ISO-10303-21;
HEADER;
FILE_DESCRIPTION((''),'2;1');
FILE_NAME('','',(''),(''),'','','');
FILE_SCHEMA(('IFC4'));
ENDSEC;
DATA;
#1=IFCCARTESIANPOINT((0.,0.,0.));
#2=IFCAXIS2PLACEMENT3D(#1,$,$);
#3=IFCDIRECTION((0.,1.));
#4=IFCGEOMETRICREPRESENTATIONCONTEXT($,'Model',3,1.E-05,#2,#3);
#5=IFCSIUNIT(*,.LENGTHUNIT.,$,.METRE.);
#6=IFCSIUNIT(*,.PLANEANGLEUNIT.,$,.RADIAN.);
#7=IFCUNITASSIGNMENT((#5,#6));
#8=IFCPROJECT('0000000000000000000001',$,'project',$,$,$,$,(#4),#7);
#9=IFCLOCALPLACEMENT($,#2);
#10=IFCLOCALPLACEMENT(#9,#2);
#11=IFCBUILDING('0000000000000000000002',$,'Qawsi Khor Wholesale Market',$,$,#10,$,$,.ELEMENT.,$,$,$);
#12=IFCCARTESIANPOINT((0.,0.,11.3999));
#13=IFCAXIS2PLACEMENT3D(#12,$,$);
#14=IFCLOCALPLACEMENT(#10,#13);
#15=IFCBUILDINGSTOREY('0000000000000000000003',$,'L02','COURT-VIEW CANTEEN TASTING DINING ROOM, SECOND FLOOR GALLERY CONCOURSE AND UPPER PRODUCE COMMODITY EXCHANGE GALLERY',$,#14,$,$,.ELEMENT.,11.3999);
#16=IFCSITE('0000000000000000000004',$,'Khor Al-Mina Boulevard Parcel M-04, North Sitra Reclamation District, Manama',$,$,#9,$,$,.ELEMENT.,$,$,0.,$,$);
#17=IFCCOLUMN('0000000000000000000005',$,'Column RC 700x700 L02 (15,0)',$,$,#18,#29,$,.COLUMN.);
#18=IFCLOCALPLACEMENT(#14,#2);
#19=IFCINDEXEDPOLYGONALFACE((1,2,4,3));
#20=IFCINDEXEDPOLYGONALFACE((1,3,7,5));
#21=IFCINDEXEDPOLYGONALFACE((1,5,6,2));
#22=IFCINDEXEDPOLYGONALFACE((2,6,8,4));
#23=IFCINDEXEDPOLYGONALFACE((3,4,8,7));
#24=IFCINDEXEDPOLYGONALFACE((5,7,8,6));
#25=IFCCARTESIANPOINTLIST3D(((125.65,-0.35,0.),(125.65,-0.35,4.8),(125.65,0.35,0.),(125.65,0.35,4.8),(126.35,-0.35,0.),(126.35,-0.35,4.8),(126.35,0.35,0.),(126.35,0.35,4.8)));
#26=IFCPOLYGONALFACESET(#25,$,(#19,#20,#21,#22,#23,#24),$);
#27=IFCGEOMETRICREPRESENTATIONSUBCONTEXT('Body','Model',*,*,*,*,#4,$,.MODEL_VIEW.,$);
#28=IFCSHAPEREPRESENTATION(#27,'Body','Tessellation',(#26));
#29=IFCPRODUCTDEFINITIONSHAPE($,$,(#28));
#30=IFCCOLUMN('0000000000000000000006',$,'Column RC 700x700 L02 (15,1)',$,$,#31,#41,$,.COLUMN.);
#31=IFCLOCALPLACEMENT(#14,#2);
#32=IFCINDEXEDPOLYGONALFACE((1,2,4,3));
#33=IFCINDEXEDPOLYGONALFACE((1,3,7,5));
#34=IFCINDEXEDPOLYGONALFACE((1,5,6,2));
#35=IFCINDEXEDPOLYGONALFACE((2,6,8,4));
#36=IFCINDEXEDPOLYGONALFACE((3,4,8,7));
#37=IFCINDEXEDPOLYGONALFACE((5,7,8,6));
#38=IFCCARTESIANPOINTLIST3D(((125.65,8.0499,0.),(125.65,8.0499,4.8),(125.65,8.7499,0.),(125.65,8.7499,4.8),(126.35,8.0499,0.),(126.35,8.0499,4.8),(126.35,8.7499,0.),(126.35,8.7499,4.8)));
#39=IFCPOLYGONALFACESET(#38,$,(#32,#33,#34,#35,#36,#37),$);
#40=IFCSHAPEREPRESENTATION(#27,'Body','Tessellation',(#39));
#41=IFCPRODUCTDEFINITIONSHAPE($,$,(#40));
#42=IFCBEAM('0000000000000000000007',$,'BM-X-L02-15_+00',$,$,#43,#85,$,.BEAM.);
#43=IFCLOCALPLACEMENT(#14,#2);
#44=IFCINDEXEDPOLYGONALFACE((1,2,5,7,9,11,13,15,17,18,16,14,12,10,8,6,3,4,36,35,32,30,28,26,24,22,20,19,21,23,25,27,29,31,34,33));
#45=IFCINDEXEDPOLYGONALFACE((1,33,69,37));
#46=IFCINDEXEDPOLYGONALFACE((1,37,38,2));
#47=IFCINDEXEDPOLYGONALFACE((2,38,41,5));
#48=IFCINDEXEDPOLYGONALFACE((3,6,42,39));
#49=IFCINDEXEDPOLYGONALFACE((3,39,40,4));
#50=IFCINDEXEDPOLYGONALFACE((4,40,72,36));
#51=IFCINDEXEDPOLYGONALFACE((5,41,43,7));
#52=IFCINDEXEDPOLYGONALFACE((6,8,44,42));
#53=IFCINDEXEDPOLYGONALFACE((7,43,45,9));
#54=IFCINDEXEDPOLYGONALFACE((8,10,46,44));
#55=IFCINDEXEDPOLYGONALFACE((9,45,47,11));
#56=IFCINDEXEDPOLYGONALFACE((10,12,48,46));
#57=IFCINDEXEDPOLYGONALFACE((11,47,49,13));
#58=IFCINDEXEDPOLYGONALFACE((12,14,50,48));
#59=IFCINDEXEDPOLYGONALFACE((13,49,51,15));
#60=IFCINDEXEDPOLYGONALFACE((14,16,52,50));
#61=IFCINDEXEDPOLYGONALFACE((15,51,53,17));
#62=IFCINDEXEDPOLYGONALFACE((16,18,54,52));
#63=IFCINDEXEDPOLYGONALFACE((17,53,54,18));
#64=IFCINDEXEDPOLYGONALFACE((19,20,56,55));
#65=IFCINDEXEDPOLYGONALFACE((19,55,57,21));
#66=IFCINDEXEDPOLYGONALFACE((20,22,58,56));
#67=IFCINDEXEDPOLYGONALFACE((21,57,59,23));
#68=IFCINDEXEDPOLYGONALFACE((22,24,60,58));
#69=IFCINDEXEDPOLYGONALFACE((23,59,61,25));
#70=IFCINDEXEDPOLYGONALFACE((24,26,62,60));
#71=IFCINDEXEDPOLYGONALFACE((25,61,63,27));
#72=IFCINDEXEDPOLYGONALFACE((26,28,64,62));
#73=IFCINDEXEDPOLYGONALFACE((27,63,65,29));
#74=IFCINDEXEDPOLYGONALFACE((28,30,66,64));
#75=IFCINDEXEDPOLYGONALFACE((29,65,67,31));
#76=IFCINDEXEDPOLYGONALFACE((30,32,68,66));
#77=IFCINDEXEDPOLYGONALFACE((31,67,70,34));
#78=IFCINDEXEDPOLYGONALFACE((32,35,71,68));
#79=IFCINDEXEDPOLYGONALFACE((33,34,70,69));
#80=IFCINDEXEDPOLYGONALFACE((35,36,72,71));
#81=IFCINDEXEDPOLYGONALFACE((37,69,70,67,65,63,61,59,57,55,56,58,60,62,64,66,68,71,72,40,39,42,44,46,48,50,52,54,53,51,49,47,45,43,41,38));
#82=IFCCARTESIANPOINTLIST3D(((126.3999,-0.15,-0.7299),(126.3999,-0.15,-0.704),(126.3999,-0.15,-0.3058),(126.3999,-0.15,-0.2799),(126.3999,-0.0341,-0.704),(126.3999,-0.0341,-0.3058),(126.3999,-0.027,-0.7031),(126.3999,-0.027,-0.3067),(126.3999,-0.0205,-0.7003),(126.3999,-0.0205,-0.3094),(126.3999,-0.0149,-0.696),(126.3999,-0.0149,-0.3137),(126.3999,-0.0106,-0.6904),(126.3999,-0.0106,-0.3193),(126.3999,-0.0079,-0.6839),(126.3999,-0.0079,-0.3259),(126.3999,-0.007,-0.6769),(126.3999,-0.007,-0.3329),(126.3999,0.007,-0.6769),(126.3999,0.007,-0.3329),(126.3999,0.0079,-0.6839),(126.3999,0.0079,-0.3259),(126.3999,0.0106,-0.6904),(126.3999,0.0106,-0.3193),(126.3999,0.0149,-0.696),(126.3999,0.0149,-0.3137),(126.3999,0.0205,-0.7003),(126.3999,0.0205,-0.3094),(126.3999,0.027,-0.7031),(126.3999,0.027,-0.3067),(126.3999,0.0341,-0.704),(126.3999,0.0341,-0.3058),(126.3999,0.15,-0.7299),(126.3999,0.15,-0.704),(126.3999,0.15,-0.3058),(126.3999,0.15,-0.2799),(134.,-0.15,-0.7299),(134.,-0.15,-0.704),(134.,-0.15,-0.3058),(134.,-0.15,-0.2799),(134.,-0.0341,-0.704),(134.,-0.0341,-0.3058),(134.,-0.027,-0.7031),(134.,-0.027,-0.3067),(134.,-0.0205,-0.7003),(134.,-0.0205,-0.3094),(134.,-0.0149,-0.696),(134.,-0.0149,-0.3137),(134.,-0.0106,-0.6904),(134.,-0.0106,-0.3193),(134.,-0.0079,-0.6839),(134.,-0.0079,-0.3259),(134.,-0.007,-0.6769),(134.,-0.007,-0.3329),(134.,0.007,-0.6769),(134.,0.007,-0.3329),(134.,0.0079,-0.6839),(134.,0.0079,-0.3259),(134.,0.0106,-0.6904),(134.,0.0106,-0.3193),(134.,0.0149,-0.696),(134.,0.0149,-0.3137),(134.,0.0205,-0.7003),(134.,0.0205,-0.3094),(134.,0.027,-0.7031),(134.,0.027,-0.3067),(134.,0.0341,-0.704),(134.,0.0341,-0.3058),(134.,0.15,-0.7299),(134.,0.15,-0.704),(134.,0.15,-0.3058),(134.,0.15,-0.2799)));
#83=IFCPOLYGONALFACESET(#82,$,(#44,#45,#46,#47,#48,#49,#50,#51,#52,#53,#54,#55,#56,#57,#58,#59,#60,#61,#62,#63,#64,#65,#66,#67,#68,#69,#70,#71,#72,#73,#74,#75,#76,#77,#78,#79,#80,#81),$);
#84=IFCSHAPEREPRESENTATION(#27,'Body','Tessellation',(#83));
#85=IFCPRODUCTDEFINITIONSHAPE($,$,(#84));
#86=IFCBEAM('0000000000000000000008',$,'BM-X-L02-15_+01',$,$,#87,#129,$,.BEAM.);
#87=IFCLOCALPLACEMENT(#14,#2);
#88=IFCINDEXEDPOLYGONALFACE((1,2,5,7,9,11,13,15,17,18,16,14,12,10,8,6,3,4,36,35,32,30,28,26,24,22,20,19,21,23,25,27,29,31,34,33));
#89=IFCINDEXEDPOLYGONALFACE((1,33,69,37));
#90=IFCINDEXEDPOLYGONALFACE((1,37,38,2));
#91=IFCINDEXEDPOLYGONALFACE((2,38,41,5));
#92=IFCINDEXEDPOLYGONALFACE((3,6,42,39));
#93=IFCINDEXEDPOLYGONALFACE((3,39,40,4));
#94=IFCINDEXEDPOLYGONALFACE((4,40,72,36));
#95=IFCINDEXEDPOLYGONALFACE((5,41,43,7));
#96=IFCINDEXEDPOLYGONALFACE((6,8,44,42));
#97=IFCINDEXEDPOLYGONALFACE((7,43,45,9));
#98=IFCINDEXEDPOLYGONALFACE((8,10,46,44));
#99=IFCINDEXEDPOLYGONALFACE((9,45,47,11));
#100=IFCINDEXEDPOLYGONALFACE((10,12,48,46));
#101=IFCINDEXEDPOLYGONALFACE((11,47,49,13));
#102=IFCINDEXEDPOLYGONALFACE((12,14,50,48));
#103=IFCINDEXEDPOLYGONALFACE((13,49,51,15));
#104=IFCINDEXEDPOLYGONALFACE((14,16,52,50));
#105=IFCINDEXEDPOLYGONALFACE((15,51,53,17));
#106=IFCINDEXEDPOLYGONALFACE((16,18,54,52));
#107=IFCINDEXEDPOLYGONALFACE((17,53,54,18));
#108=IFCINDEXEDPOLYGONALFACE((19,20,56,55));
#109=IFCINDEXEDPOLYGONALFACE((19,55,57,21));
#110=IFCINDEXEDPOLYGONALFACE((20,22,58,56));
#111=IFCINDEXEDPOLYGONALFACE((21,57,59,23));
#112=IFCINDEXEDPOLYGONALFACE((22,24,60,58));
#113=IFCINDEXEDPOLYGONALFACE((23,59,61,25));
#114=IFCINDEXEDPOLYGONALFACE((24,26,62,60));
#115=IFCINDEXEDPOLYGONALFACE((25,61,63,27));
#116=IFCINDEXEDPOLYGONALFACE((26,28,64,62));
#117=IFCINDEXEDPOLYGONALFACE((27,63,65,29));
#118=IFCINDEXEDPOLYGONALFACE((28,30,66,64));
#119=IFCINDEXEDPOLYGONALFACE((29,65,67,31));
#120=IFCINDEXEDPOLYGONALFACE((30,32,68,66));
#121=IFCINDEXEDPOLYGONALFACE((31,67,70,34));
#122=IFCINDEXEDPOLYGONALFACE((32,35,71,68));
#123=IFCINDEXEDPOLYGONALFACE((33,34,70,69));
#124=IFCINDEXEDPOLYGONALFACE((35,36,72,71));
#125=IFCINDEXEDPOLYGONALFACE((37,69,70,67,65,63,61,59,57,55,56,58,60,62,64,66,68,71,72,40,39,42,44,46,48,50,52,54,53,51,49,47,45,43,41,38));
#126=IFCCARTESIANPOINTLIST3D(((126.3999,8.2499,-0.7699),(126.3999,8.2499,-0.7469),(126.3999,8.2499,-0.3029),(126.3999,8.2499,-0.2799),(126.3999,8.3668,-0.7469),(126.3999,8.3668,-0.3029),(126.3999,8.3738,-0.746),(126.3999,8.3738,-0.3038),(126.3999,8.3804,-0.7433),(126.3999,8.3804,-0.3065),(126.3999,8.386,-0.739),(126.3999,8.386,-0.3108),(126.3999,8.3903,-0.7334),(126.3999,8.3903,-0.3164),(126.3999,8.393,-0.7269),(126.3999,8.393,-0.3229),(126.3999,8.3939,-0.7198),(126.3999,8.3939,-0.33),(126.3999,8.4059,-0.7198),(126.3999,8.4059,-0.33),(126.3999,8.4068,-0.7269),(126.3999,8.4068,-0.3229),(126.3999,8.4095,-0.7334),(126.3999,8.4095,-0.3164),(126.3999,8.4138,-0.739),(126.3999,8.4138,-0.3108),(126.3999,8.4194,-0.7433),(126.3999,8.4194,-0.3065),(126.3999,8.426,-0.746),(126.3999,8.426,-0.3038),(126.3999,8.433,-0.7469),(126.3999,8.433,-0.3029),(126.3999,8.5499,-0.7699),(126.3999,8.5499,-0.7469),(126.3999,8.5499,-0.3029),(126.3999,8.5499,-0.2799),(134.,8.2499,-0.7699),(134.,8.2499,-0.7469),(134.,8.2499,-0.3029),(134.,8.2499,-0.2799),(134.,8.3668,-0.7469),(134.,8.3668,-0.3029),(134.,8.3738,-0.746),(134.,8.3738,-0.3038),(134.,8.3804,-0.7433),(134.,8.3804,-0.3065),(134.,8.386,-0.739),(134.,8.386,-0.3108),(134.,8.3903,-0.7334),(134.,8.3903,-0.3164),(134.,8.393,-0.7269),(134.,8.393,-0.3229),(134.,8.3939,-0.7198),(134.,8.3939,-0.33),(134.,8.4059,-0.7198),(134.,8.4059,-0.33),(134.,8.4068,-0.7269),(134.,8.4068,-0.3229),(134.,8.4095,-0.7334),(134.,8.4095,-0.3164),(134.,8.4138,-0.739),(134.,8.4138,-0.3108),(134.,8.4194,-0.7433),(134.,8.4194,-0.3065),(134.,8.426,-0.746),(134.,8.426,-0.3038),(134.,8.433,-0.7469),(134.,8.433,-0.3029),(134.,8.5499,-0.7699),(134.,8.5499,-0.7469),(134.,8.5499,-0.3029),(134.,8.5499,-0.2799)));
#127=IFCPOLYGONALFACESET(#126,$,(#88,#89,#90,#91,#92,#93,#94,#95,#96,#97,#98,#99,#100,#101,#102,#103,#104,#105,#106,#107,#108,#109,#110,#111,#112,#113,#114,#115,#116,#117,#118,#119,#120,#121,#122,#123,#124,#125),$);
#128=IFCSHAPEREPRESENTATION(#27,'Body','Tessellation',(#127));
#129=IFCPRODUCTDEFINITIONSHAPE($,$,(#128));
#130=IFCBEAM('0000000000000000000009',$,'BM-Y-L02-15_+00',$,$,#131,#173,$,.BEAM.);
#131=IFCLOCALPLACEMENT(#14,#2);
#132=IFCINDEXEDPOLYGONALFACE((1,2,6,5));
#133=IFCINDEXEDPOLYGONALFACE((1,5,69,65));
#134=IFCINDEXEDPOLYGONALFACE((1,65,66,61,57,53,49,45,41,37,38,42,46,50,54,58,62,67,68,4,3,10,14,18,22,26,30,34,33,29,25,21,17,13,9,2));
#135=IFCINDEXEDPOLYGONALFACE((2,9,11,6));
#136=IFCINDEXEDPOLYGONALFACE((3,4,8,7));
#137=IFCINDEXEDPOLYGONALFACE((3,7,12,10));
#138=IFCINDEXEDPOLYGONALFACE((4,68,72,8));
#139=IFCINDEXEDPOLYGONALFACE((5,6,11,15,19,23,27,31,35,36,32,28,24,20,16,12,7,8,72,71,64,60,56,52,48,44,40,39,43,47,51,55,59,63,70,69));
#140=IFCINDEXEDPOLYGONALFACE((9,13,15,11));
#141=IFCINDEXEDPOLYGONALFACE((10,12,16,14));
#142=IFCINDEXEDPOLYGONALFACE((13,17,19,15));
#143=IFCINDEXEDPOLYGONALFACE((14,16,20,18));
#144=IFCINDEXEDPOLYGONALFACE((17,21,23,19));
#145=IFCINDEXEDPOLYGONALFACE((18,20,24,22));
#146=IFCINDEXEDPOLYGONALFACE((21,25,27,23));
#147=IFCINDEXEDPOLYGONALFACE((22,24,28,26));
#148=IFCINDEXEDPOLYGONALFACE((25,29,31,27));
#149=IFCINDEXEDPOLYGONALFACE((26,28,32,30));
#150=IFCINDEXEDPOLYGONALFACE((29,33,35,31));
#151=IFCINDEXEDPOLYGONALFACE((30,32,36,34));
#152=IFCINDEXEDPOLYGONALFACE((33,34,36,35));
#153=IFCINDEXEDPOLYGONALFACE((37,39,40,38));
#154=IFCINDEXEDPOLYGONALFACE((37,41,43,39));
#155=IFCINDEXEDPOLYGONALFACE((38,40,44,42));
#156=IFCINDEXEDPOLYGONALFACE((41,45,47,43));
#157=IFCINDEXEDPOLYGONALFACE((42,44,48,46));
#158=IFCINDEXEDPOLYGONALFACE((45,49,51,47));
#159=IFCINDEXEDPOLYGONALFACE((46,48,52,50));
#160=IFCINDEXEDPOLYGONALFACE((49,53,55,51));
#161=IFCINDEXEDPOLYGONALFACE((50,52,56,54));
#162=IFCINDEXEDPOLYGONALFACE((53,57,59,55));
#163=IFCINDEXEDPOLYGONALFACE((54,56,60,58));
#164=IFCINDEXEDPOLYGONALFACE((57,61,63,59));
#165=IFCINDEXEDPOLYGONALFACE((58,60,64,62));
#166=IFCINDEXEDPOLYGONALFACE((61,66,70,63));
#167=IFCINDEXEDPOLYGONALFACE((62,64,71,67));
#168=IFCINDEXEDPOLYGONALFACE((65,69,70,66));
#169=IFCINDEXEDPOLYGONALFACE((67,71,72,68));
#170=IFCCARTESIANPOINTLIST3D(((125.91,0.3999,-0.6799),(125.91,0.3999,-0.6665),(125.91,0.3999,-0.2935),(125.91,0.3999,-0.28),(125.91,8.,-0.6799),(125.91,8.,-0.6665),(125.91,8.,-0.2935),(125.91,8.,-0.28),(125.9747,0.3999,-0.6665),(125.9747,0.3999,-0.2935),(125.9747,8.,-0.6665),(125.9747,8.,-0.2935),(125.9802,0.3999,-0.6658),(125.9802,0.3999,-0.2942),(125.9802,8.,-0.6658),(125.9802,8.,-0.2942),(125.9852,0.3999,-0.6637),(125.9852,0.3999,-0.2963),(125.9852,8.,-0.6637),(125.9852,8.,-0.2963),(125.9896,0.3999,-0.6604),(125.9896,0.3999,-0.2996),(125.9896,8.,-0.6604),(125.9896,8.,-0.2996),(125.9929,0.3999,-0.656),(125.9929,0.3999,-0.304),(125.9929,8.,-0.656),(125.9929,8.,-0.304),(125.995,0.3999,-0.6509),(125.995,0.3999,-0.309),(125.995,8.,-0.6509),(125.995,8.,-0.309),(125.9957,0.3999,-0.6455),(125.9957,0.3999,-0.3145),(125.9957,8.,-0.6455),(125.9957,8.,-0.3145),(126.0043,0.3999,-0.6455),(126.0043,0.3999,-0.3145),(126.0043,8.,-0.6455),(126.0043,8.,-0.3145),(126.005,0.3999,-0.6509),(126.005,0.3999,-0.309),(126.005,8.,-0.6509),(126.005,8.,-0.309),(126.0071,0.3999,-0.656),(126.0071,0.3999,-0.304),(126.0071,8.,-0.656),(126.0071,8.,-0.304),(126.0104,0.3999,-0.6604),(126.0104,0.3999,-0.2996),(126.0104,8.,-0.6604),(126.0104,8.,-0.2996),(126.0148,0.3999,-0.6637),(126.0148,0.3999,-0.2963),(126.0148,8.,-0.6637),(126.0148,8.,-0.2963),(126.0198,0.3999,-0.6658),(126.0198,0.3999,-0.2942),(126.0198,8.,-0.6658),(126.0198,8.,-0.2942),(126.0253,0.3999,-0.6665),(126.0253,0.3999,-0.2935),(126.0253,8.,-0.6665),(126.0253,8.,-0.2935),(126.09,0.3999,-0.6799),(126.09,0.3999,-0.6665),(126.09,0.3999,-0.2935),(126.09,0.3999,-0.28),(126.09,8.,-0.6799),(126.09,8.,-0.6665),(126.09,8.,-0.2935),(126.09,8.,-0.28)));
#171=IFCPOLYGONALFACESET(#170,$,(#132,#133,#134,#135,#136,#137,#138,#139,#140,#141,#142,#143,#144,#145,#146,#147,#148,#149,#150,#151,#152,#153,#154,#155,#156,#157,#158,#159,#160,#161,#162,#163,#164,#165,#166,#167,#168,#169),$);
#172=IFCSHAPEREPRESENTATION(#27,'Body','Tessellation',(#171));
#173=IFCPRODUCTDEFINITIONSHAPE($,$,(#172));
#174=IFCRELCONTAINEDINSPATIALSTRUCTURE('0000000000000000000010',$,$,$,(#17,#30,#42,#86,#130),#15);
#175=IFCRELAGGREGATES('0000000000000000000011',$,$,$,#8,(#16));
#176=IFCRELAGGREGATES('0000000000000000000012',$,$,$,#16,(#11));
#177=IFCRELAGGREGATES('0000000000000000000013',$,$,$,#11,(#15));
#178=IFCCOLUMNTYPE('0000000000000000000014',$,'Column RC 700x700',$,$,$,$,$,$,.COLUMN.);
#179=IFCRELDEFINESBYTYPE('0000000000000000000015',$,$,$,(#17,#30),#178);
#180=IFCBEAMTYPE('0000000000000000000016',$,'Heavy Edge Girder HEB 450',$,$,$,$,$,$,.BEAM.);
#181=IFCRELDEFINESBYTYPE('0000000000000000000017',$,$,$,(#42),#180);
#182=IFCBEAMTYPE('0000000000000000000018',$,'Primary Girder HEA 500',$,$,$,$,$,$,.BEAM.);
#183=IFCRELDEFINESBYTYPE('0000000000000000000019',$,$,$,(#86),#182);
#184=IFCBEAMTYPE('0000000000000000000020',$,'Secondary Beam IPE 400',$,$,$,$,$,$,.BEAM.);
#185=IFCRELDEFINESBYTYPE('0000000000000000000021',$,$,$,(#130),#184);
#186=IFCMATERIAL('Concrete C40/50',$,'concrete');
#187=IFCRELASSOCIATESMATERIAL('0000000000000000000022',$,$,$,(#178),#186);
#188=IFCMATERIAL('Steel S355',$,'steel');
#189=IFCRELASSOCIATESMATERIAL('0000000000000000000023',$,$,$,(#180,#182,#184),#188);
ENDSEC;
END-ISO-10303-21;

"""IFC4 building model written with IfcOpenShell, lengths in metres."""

from ifc_helpers import new_model, si_unit, direction, frame, origin, origin_2d, place, context, subcontext, project, spatial, rectangle, i_section, extrude, material, material_profile, profile_set, type_object, element, save


model = new_model("IFC4")

# Units and contexts
model_context = context("Model", 3, precision=1e-05, world=origin(), true_north=direction((0.0, 1.0)))
body_context = subcontext(model_context, "Body", "Model", "MODEL_VIEW")
ifc_project = project(units=[si_unit("LENGTHUNIT", "METRE"), si_unit("PLANEANGLEUNIT", "RADIAN")], contexts=[model_context])

# Site, building, storey
site_placement = place(None, origin())
site = spatial("IfcSite", under=ifc_project, at=site_placement, Name="Khor Al-Mina Boulevard Parcel M-04, North Sitra Reclamation District, Manama", CompositionType="ELEMENT", RefElevation=0.0)
building_placement = place(site_placement, origin())
building = spatial("IfcBuilding", under=site, at=building_placement, Name="Qawsi Khor Wholesale Market", CompositionType="ELEMENT")
storey_placement = place(building_placement, frame((0.0, 0.0, 11.3999)))
storey = spatial("IfcBuildingStorey", under=building, at=storey_placement, Name="L02", Description="COURT-VIEW CANTEEN TASTING DINING ROOM, SECOND FLOOR GALLERY CONCOURSE AND UPPER PRODUCE COMMODITY EXCHANGE GALLERY", CompositionType="ELEMENT", Elevation=11.3999)

# Columns
ifc_material_1 = material(Name="Concrete C40/50", Category="concrete")
ifc_material_profile_1 = material_profile(ifc_material_1, rectangle(XDim=0.7, YDim=0.7, at=origin_2d()), Name="RC 700x700")
ifc_profile_set_1 = profile_set([ifc_material_profile_1], Name="Concrete C40/50")
column_type = type_object("IfcColumnType", Name="Column RC 700x700", PredefinedType="COLUMN", material=ifc_profile_set_1)
for number, where, z_axis, x_axis, name in (
    (1, (126.0, 0.0, 0.0), (0.0, 0.0, 1.0), (1.0, 0.0, 0.0), "Column RC 700x700 L02 (15,0)"),
    (2, (126.0, 8.3999, 0.0), (0.0, 0.0, 1.0), (1.0, 0.0, 0.0), "Column RC 700x700 L02 (15,1)"),
):
    element("IfcColumn", number, at=place(storey_placement, frame(where, z_axis=z_axis, x_axis=x_axis)), inside=storey, type_object=column_type, Name=name, PredefinedType="COLUMN", context=body_context, shape_type="SweptSolid", body=[
        extrude(rectangle(XDim=0.7, YDim=0.7, at=origin_2d()), origin(), (0.0, 0.0, 1.0), 4.8),
    ])

# Beams
ifc_material_2 = material(Name="Steel S355", Category="steel")
ifc_material_profile_2 = material_profile(ifc_material_2, i_section(OverallWidth=0.3, OverallDepth=0.45, WebThickness=0.0139, FlangeThickness=0.0259, FilletRadius=0.0271, at=origin_2d()), Name="HEB 450")
ifc_profile_set_2 = profile_set([ifc_material_profile_2], Name="Steel S355")
beam_type_1 = type_object("IfcBeamType", Name="Heavy Edge Girder HEB 450", PredefinedType="BEAM", material=ifc_profile_set_2)
beam_1_placement = place(storey_placement, frame((126.3999, 0.0, -0.5049), z_axis=(1.0, 0.0, 0.0), x_axis=(0.0, 1.0, 0.0)))
element("IfcBeam", 3, at=beam_1_placement, inside=storey, type_object=beam_type_1, Name="BM-X-L02-15_+00", PredefinedType="BEAM", context=body_context, shape_type="SweptSolid", body=[
    extrude(i_section(OverallWidth=0.3, OverallDepth=0.45, WebThickness=0.0139, FlangeThickness=0.0259, FilletRadius=0.0271, at=origin_2d()), origin(), (0.0, 0.0, 1.0), 7.6001),
])
ifc_material_profile_3 = material_profile(ifc_material_2, i_section(OverallWidth=0.3, OverallDepth=0.49, WebThickness=0.012, FlangeThickness=0.0229, FilletRadius=0.0271, at=origin_2d()), Name="HEA 500")
ifc_profile_set_3 = profile_set([ifc_material_profile_3], Name="Steel S355")
beam_type_2 = type_object("IfcBeamType", Name="Primary Girder HEA 500", PredefinedType="BEAM", material=ifc_profile_set_3)
beam_2_placement = place(storey_placement, frame((126.3999, 8.3999, -0.5249), z_axis=(1.0, 0.0, 0.0), x_axis=(0.0, 1.0, 0.0)))
element("IfcBeam", 4, at=beam_2_placement, inside=storey, type_object=beam_type_2, Name="BM-X-L02-15_+01", PredefinedType="BEAM", context=body_context, shape_type="SweptSolid", body=[
    extrude(i_section(OverallWidth=0.3, OverallDepth=0.49, WebThickness=0.012, FlangeThickness=0.0229, FilletRadius=0.0271, at=origin_2d()), origin(), (0.0, 0.0, 1.0), 7.6001),
])
ifc_material_profile_4 = material_profile(ifc_material_2, i_section(OverallWidth=0.1799, OverallDepth=0.3999, WebThickness=0.0085, FlangeThickness=0.0134, FilletRadius=0.021, at=origin_2d()), Name="IPE 400")
ifc_profile_set_4 = profile_set([ifc_material_profile_4], Name="Steel S355")
beam_type_3 = type_object("IfcBeamType", Name="Secondary Beam IPE 400", PredefinedType="BEAM", material=ifc_profile_set_4)
beam_3_placement = place(storey_placement, frame((126.0, 0.3999, -0.48), z_axis=(0.0, 1.0, 0.0), x_axis=(-1.0, 0.0, 0.0)))
element("IfcBeam", 5, at=beam_3_placement, inside=storey, type_object=beam_type_3, Name="BM-Y-L02-15_+00", PredefinedType="BEAM", context=body_context, shape_type="SweptSolid", body=[
    extrude(i_section(OverallWidth=0.1799, OverallDepth=0.3999, WebThickness=0.0085, FlangeThickness=0.0134, FilletRadius=0.021, at=origin_2d()), origin(), (0.0, 0.0, 1.0), 7.6001),
])

save(model, "model.ifc")
